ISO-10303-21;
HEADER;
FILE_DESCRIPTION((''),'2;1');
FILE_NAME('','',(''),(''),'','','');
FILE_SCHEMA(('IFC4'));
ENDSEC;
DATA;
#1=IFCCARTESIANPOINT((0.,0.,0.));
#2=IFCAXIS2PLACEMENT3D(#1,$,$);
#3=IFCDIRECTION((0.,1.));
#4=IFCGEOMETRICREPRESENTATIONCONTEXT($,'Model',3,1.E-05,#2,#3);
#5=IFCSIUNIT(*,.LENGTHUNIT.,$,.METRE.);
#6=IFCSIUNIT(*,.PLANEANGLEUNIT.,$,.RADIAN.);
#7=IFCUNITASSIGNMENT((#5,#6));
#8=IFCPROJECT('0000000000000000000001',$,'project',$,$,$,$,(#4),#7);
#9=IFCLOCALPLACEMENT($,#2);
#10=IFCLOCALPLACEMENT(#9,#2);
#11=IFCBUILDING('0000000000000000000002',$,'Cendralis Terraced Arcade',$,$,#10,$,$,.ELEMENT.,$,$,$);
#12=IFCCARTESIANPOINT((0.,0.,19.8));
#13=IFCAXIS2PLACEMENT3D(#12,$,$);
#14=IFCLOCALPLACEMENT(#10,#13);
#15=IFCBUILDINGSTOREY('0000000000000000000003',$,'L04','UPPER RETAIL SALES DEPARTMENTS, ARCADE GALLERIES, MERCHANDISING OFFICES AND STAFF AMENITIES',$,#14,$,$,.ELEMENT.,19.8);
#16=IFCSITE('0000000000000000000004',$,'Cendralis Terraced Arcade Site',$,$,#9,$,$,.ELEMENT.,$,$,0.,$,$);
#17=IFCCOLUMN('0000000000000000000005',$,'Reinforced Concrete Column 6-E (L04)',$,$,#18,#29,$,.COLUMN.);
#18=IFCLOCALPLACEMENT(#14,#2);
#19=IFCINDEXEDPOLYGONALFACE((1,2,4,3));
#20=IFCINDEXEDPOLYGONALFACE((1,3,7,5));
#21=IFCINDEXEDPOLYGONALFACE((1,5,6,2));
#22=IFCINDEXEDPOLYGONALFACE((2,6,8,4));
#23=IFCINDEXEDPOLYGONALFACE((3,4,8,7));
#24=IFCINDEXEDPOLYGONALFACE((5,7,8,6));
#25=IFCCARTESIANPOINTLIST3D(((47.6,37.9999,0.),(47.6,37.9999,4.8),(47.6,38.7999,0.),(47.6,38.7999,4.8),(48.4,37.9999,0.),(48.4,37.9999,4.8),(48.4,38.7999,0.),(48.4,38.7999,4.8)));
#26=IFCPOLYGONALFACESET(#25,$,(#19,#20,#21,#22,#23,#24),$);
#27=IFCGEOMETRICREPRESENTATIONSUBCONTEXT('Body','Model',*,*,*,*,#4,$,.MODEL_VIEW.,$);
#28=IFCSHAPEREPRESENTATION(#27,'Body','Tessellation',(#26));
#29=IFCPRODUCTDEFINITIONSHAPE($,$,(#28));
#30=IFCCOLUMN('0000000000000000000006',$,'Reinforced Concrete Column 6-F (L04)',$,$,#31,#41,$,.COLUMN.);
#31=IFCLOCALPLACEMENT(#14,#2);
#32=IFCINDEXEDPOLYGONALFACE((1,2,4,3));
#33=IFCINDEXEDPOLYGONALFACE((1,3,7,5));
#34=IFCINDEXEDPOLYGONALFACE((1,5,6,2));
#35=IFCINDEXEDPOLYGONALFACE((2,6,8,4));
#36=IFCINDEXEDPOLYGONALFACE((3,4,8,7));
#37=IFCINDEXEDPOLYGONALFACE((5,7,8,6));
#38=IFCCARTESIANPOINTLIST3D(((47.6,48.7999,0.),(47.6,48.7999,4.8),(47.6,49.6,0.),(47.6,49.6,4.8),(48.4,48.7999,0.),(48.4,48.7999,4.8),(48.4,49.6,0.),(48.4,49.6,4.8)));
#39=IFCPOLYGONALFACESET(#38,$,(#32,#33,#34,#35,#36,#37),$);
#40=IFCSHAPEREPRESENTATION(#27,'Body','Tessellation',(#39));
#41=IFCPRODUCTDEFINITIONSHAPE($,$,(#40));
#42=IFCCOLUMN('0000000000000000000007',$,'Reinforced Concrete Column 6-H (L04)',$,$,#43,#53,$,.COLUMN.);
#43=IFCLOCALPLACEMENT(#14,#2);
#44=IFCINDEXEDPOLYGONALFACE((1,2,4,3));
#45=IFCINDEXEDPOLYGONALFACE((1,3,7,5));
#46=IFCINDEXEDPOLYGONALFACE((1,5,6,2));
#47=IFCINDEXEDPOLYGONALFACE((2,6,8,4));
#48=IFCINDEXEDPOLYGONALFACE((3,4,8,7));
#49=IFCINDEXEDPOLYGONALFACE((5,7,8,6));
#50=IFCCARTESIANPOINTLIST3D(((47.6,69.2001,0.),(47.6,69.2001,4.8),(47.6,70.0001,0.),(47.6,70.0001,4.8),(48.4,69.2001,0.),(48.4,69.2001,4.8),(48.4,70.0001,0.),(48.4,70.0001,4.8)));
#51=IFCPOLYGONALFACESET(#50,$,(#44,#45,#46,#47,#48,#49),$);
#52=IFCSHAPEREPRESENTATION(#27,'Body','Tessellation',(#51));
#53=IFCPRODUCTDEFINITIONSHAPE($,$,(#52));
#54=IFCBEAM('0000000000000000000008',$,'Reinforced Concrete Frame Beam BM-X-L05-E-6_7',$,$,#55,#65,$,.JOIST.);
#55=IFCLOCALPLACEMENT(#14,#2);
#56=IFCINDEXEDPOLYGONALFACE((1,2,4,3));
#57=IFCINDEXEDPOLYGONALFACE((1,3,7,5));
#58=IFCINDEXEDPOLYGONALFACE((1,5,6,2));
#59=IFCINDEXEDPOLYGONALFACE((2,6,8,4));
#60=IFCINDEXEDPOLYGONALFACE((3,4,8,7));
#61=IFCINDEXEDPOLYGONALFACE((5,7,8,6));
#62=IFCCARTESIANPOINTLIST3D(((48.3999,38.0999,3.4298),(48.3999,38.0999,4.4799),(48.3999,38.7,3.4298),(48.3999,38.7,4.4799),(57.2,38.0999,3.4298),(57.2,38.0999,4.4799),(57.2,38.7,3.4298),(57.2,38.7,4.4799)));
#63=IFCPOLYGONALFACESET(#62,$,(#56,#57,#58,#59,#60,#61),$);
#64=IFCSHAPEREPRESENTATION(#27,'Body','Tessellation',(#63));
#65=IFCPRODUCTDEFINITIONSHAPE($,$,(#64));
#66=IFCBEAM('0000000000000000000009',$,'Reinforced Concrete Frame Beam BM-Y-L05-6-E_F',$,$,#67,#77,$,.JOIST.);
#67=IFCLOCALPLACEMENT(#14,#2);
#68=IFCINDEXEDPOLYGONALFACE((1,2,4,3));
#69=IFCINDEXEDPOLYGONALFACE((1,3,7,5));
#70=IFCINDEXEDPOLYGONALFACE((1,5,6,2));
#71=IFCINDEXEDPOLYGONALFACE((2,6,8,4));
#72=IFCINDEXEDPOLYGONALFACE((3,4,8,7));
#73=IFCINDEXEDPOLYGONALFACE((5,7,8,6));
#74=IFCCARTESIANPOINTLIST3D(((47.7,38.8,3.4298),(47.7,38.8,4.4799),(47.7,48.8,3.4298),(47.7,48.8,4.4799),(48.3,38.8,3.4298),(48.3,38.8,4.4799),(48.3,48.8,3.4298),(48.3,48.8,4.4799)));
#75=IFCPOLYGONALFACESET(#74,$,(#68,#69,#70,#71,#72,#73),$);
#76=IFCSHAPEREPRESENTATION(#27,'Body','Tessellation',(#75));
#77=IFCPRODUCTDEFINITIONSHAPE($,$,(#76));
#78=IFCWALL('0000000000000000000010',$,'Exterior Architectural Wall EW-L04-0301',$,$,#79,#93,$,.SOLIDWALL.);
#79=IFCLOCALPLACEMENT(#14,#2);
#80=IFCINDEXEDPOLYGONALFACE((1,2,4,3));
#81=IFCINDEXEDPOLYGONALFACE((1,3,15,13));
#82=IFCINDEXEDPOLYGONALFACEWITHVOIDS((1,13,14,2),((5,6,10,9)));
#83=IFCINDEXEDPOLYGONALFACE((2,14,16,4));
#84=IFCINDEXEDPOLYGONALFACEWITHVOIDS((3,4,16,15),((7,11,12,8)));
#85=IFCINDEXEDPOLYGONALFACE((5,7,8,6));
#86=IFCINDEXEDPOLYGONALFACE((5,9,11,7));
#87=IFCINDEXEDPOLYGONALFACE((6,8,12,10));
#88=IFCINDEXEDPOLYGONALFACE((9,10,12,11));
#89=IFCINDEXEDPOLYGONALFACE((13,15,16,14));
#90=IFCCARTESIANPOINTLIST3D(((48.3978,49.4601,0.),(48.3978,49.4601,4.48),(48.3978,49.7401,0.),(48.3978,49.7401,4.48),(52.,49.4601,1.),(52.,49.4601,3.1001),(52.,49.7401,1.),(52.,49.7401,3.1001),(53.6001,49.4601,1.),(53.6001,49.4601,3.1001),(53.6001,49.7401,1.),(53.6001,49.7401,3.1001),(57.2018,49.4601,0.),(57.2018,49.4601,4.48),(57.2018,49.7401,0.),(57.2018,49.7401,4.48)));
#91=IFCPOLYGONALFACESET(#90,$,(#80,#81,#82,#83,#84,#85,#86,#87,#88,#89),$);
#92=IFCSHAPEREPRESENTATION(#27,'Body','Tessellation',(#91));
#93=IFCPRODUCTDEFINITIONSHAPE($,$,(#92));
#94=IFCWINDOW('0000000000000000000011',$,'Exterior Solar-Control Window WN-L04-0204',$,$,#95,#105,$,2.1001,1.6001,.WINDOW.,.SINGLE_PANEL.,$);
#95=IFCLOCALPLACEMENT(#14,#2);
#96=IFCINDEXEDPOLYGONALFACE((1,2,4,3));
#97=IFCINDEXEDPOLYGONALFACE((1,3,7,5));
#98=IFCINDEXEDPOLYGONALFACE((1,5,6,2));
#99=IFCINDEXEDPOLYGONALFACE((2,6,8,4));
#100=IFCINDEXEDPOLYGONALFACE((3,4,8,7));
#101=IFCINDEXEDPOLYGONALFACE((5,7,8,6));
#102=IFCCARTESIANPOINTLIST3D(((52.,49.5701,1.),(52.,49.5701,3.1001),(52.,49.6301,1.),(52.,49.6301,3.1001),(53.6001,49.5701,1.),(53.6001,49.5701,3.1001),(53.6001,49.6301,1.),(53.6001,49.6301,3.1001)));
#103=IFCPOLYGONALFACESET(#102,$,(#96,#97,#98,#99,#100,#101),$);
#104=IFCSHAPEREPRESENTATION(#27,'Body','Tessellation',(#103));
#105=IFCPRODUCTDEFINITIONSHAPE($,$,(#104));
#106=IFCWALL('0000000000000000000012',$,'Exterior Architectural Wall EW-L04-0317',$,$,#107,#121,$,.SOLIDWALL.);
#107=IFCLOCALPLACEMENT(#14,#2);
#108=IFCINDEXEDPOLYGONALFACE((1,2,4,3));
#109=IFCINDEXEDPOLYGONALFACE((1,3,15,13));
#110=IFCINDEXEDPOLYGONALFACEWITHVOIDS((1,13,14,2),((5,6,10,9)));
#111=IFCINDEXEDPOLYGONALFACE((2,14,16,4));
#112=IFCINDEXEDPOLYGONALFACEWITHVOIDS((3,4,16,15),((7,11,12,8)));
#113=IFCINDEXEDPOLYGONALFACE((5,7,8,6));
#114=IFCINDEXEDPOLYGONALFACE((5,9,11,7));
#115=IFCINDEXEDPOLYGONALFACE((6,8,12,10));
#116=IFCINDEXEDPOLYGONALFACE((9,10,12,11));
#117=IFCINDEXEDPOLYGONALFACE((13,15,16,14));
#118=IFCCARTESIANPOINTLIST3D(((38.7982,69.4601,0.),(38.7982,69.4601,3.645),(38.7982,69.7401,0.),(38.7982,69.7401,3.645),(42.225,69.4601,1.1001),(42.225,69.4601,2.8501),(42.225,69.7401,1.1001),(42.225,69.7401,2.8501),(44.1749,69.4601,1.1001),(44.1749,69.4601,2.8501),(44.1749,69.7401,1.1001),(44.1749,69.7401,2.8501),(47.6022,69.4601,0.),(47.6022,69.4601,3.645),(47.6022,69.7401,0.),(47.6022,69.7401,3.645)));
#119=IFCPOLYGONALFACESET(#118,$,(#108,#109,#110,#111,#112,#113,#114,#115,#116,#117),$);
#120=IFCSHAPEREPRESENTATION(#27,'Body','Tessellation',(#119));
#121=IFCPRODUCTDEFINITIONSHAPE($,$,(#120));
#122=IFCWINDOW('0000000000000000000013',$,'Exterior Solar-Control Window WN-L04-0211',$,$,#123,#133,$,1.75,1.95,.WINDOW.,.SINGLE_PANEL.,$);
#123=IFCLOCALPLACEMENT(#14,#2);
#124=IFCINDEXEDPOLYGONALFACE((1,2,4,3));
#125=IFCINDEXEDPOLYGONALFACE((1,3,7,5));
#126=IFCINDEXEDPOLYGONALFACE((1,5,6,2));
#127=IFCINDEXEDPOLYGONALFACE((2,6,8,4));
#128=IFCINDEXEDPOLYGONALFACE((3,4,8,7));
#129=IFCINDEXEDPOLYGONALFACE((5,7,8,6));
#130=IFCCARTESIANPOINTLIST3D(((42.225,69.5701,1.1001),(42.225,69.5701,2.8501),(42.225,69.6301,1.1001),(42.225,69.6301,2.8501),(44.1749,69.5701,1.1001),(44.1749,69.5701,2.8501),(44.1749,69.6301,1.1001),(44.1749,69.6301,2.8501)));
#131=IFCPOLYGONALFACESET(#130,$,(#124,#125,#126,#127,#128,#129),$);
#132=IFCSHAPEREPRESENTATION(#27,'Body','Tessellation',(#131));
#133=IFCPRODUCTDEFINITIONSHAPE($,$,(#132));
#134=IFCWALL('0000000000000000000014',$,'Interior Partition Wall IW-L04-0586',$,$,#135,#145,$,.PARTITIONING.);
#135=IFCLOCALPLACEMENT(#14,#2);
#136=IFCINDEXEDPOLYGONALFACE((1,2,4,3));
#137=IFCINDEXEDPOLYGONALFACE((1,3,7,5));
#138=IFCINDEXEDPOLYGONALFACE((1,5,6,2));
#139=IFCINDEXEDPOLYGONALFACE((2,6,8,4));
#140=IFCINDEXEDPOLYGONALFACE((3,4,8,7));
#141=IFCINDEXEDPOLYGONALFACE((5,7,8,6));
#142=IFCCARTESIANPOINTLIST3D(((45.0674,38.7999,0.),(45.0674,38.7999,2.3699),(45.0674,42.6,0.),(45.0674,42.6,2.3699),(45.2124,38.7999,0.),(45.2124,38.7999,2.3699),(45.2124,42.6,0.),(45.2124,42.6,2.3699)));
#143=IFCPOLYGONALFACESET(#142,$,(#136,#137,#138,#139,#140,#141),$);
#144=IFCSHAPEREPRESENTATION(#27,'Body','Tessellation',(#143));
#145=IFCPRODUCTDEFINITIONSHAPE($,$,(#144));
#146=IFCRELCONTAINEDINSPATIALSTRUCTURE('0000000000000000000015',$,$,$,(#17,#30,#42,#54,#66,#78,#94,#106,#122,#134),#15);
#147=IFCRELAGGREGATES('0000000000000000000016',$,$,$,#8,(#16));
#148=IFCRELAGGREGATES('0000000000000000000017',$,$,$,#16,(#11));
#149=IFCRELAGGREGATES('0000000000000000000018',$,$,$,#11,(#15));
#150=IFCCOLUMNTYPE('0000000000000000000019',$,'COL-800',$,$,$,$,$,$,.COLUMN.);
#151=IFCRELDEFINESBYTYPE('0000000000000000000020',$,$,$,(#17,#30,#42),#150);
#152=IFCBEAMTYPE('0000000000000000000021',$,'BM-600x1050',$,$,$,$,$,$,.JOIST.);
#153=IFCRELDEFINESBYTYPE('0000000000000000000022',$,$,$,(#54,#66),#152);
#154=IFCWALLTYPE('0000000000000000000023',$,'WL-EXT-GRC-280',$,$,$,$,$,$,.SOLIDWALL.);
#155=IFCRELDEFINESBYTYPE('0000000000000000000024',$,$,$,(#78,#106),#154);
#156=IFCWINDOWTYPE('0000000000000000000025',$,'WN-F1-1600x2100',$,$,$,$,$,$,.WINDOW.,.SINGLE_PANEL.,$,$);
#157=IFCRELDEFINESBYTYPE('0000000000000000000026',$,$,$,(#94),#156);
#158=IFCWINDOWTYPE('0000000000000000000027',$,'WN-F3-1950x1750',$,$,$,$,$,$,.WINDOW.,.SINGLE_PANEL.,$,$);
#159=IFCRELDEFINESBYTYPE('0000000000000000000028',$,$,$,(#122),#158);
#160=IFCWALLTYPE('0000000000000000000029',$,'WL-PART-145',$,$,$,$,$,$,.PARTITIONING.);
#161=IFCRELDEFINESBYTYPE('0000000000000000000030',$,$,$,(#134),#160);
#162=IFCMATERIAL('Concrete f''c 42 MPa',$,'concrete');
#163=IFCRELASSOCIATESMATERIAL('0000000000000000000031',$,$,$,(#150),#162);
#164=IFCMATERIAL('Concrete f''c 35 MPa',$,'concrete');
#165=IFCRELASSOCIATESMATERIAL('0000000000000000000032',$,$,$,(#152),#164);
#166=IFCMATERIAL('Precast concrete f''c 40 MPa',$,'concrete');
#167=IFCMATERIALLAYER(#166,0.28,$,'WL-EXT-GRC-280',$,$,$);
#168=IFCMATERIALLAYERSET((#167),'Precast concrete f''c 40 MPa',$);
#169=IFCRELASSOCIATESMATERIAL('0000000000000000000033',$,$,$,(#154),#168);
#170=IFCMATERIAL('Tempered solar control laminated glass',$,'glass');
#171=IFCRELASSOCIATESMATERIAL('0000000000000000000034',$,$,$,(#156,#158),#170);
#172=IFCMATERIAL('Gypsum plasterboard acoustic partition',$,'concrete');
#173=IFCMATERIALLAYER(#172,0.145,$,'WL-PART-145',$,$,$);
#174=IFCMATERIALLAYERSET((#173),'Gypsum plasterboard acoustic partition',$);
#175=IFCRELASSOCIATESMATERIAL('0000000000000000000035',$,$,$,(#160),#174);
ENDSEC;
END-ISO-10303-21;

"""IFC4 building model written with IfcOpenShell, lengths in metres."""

from ifc_helpers import new_model, si_unit, direction, frame, frame_2d, origin, origin_2d, place, context, subcontext, project, spatial, rectangle, extrude, material, layer, layer_set, material_profile, profile_set, type_object, element, fill, save


model = new_model("IFC4")

# Units and contexts
model_context = context("Model", 3, precision=1e-05, world=origin(), true_north=direction((0.0, 1.0)))
body_context = subcontext(model_context, "Body", "Model", "MODEL_VIEW")
ifc_project = project(units=[si_unit("LENGTHUNIT", "METRE"), si_unit("PLANEANGLEUNIT", "RADIAN")], contexts=[model_context])

# Site, building, storey
site_placement = place(None, origin())
site = spatial("IfcSite", under=ifc_project, at=site_placement, Name="Cendralis Terraced Arcade Site", CompositionType="ELEMENT", RefElevation=0.0)
building_placement = place(site_placement, origin())
building = spatial("IfcBuilding", under=site, at=building_placement, Name="Cendralis Terraced Arcade", CompositionType="ELEMENT")
storey_placement = place(building_placement, frame((0.0, 0.0, 19.8)))
storey = spatial("IfcBuildingStorey", under=building, at=storey_placement, Name="L04", Description="UPPER RETAIL SALES DEPARTMENTS, ARCADE GALLERIES, MERCHANDISING OFFICES AND STAFF AMENITIES", CompositionType="ELEMENT", Elevation=19.8)

# Columns
ifc_material_1 = material(Name="Concrete f'c 42 MPa", Category="concrete")
ifc_material_profile_1 = material_profile(ifc_material_1, rectangle(XDim=0.8, YDim=0.8, at=origin_2d()), Name="RC-COL-800x800", Category="LoadBearing")
ifc_profile_set_1 = profile_set([ifc_material_profile_1], Name="Concrete f'c 42 MPa")
column_type = type_object("IfcColumnType", Name="COL-800", PredefinedType="COLUMN", material=ifc_profile_set_1)
for number, where, z_axis, x_axis, name in (
    (1, (48.0, 38.3999, 0.0), (0.0, 0.0, 1.0), (1.0, 0.0, 0.0), "Reinforced Concrete Column 6-E (L04)"),
    (2, (48.0, 49.2, 0.0), (0.0, 0.0, 1.0), (1.0, 0.0, 0.0), "Reinforced Concrete Column 6-F (L04)"),
    (3, (48.0, 69.6001, 0.0), (0.0, 0.0, 1.0), (1.0, 0.0, 0.0), "Reinforced Concrete Column 6-H (L04)"),
):
    element("IfcColumn", number, at=place(storey_placement, frame(where, z_axis=z_axis, x_axis=x_axis)), inside=storey, type_object=column_type, Name=name, PredefinedType="COLUMN", context=body_context, shape_type="SweptSolid", body=[
        extrude(rectangle(XDim=0.8, YDim=0.8, at=origin_2d()), origin(), (0.0, 0.0, 1.0), 4.8),
    ])

# Beams
ifc_material_2 = material(Name="Concrete f'c 35 MPa", Category="concrete")
ifc_material_profile_2 = material_profile(ifc_material_2, rectangle(XDim=0.6001, YDim=1.05, at=origin_2d()), Name="RC-BM-600x1050", Category="LoadBearing")
ifc_profile_set_2 = profile_set([ifc_material_profile_2], Name="Concrete f'c 35 MPa")
beam_type = type_object("IfcBeamType", Name="BM-600x1050", PredefinedType="JOIST", material=ifc_profile_set_2)
beam_1_placement = place(storey_placement, frame((48.3999, 38.3999, 3.9548), z_axis=(1.0, 0.0, 0.0), x_axis=(0.0, 1.0, 0.0)))
element("IfcBeam", 4, at=beam_1_placement, inside=storey, type_object=beam_type, Name="Reinforced Concrete Frame Beam BM-X-L05-E-6_7", PredefinedType="JOIST", context=body_context, shape_type="SweptSolid", body=[
    extrude(rectangle(XDim=0.6001, YDim=1.05, at=origin_2d()), origin(), (0.0, 0.0, 1.0), 8.8),
])
beam_2_placement = place(storey_placement, frame((48.0, 38.8, 3.9548), z_axis=(0.0, 1.0, 0.0), x_axis=(-1.0, 0.0, 0.0)))
element("IfcBeam", 5, at=beam_2_placement, inside=storey, type_object=beam_type, Name="Reinforced Concrete Frame Beam BM-Y-L05-6-E_F", PredefinedType="JOIST", context=body_context, shape_type="SweptSolid", body=[
    extrude(rectangle(XDim=0.6001, YDim=1.05, at=origin_2d()), origin(), (0.0, 0.0, 1.0), 10.0),
])

# Walls, openings, windows
ifc_material_3 = material(Name="Precast concrete f'c 40 MPa", Category="concrete")
ifc_layer_1 = layer(ifc_material_3, 0.28, Name="WL-EXT-GRC-280")
ifc_layer_set_1 = layer_set([ifc_layer_1], Name="Precast concrete f'c 40 MPa")
wall_type_1 = type_object("IfcWallType", Name="WL-EXT-GRC-280", PredefinedType="SOLIDWALL", material=ifc_layer_set_1)
wall_1_placement = place(storey_placement, frame((48.3979, 49.6001, 0.0), z_axis=(0.0, 0.0, 1.0), x_axis=(1.0, 0.0, 0.0)))
wall_1 = element("IfcWall", 6, at=wall_1_placement, inside=storey, type_object=wall_type_1, Name="Exterior Architectural Wall EW-L04-0301", PredefinedType="SOLIDWALL", context=body_context, shape_type="SweptSolid", body=[
    extrude(rectangle(XDim=8.804, YDim=0.28, at=frame_2d((4.4019, 0.0))), origin(), (0.0, 0.0, 1.0), 4.48),
])
opening_1_placement = place(wall_1_placement, frame((3.6021, 0.0, 1.0)))
opening_1 = element("IfcOpeningElement", 7, at=opening_1_placement, cuts=wall_1, PredefinedType="OPENING", context=body_context, shape_type="SweptSolid", body=[
    extrude(rectangle(XDim=1.6001, YDim=2.1001, at=frame_2d((0.8, 1.05))), frame((0.0, 0.1519, 0.0), z_axis=(0.0, -1.0, 0.0), x_axis=(1.0, 0.0, 0.0)), (0.0, 0.0, 1.0), 0.304),
])
ifc_material_4 = material(Name="Tempered solar control laminated glass", Category="glass")
window_type_1 = type_object("IfcWindowType", Name="WN-F1-1600x2100", PartitioningType="SINGLE_PANEL", PredefinedType="WINDOW", material=ifc_material_4)
window_1_placement = place(opening_1_placement, origin())
window_1 = element("IfcWindow", 8, at=window_1_placement, inside=storey, type_object=window_type_1, Name="Exterior Solar-Control Window WN-L04-0204", OverallHeight=2.1001, OverallWidth=1.6001, PartitioningType="SINGLE_PANEL", PredefinedType="WINDOW", context=body_context, shape_type="SweptSolid", body=[
    extrude(rectangle(XDim=1.6001, YDim=2.1001, at=frame_2d((0.8, 1.05))), frame((0.0, 0.03, 0.0), z_axis=(0.0, -1.0, 0.0), x_axis=(1.0, 0.0, 0.0)), (0.0, 0.0, 1.0), 0.0601),
])
fill(opening_1, window_1)
wall_2_placement = place(storey_placement, frame((47.6021, 69.6001, 0.0), z_axis=(0.0, 0.0, 1.0), x_axis=(-1.0, 0.0, 0.0)))
wall_2 = element("IfcWall", 9, at=wall_2_placement, inside=storey, type_object=wall_type_1, Name="Exterior Architectural Wall EW-L04-0317", PredefinedType="SOLIDWALL", context=body_context, shape_type="SweptSolid", body=[
    extrude(rectangle(XDim=8.804, YDim=0.28, at=frame_2d((4.4019, 0.0))), origin(), (0.0, 0.0, 1.0), 3.645),
])
opening_2_placement = place(wall_2_placement, frame((3.427, 0.0, 1.1001)))
opening_2 = element("IfcOpeningElement", 10, at=opening_2_placement, cuts=wall_2, PredefinedType="OPENING", context=body_context, shape_type="SweptSolid", body=[
    extrude(rectangle(XDim=1.95, YDim=1.75, at=frame_2d((0.9751, 0.875))), frame((0.0, 0.1519, 0.0), z_axis=(0.0, -1.0, 0.0), x_axis=(1.0, 0.0, 0.0)), (0.0, 0.0, 1.0), 0.304),
])
window_type_2 = type_object("IfcWindowType", Name="WN-F3-1950x1750", PartitioningType="SINGLE_PANEL", PredefinedType="WINDOW", material=ifc_material_4)
window_2_placement = place(opening_2_placement, origin())
window_2 = element("IfcWindow", 11, at=window_2_placement, inside=storey, type_object=window_type_2, Name="Exterior Solar-Control Window WN-L04-0211", OverallHeight=1.75, OverallWidth=1.95, PartitioningType="SINGLE_PANEL", PredefinedType="WINDOW", context=body_context, shape_type="SweptSolid", body=[
    extrude(rectangle(XDim=1.95, YDim=1.75, at=frame_2d((0.9751, 0.875))), frame((0.0, 0.03, 0.0), z_axis=(0.0, -1.0, 0.0), x_axis=(1.0, 0.0, 0.0)), (0.0, 0.0, 1.0), 0.0601),
])
fill(opening_2, window_2)

# Wall
ifc_material_5 = material(Name="Gypsum plasterboard acoustic partition", Category="concrete")
ifc_layer_2 = layer(ifc_material_5, 0.145, Name="WL-PART-145")
ifc_layer_set_2 = layer_set([ifc_layer_2], Name="Gypsum plasterboard acoustic partition")
wall_type_2 = type_object("IfcWallType", Name="WL-PART-145", PredefinedType="PARTITIONING", material=ifc_layer_set_2)
wall_3_placement = place(storey_placement, frame((45.1399, 38.8, 0.0), z_axis=(0.0, 0.0, 1.0), x_axis=(0.0, 1.0, 0.0)))
element("IfcWall", 12, at=wall_3_placement, inside=storey, type_object=wall_type_2, Name="Interior Partition Wall IW-L04-0586", PredefinedType="PARTITIONING", context=body_context, shape_type="SweptSolid", body=[
    extrude(rectangle(XDim=3.8, YDim=0.145, at=frame_2d((1.8999, 0.0))), origin(), (0.0, 0.0, 1.0), 2.3699),
])

save(model, "model.ifc")
